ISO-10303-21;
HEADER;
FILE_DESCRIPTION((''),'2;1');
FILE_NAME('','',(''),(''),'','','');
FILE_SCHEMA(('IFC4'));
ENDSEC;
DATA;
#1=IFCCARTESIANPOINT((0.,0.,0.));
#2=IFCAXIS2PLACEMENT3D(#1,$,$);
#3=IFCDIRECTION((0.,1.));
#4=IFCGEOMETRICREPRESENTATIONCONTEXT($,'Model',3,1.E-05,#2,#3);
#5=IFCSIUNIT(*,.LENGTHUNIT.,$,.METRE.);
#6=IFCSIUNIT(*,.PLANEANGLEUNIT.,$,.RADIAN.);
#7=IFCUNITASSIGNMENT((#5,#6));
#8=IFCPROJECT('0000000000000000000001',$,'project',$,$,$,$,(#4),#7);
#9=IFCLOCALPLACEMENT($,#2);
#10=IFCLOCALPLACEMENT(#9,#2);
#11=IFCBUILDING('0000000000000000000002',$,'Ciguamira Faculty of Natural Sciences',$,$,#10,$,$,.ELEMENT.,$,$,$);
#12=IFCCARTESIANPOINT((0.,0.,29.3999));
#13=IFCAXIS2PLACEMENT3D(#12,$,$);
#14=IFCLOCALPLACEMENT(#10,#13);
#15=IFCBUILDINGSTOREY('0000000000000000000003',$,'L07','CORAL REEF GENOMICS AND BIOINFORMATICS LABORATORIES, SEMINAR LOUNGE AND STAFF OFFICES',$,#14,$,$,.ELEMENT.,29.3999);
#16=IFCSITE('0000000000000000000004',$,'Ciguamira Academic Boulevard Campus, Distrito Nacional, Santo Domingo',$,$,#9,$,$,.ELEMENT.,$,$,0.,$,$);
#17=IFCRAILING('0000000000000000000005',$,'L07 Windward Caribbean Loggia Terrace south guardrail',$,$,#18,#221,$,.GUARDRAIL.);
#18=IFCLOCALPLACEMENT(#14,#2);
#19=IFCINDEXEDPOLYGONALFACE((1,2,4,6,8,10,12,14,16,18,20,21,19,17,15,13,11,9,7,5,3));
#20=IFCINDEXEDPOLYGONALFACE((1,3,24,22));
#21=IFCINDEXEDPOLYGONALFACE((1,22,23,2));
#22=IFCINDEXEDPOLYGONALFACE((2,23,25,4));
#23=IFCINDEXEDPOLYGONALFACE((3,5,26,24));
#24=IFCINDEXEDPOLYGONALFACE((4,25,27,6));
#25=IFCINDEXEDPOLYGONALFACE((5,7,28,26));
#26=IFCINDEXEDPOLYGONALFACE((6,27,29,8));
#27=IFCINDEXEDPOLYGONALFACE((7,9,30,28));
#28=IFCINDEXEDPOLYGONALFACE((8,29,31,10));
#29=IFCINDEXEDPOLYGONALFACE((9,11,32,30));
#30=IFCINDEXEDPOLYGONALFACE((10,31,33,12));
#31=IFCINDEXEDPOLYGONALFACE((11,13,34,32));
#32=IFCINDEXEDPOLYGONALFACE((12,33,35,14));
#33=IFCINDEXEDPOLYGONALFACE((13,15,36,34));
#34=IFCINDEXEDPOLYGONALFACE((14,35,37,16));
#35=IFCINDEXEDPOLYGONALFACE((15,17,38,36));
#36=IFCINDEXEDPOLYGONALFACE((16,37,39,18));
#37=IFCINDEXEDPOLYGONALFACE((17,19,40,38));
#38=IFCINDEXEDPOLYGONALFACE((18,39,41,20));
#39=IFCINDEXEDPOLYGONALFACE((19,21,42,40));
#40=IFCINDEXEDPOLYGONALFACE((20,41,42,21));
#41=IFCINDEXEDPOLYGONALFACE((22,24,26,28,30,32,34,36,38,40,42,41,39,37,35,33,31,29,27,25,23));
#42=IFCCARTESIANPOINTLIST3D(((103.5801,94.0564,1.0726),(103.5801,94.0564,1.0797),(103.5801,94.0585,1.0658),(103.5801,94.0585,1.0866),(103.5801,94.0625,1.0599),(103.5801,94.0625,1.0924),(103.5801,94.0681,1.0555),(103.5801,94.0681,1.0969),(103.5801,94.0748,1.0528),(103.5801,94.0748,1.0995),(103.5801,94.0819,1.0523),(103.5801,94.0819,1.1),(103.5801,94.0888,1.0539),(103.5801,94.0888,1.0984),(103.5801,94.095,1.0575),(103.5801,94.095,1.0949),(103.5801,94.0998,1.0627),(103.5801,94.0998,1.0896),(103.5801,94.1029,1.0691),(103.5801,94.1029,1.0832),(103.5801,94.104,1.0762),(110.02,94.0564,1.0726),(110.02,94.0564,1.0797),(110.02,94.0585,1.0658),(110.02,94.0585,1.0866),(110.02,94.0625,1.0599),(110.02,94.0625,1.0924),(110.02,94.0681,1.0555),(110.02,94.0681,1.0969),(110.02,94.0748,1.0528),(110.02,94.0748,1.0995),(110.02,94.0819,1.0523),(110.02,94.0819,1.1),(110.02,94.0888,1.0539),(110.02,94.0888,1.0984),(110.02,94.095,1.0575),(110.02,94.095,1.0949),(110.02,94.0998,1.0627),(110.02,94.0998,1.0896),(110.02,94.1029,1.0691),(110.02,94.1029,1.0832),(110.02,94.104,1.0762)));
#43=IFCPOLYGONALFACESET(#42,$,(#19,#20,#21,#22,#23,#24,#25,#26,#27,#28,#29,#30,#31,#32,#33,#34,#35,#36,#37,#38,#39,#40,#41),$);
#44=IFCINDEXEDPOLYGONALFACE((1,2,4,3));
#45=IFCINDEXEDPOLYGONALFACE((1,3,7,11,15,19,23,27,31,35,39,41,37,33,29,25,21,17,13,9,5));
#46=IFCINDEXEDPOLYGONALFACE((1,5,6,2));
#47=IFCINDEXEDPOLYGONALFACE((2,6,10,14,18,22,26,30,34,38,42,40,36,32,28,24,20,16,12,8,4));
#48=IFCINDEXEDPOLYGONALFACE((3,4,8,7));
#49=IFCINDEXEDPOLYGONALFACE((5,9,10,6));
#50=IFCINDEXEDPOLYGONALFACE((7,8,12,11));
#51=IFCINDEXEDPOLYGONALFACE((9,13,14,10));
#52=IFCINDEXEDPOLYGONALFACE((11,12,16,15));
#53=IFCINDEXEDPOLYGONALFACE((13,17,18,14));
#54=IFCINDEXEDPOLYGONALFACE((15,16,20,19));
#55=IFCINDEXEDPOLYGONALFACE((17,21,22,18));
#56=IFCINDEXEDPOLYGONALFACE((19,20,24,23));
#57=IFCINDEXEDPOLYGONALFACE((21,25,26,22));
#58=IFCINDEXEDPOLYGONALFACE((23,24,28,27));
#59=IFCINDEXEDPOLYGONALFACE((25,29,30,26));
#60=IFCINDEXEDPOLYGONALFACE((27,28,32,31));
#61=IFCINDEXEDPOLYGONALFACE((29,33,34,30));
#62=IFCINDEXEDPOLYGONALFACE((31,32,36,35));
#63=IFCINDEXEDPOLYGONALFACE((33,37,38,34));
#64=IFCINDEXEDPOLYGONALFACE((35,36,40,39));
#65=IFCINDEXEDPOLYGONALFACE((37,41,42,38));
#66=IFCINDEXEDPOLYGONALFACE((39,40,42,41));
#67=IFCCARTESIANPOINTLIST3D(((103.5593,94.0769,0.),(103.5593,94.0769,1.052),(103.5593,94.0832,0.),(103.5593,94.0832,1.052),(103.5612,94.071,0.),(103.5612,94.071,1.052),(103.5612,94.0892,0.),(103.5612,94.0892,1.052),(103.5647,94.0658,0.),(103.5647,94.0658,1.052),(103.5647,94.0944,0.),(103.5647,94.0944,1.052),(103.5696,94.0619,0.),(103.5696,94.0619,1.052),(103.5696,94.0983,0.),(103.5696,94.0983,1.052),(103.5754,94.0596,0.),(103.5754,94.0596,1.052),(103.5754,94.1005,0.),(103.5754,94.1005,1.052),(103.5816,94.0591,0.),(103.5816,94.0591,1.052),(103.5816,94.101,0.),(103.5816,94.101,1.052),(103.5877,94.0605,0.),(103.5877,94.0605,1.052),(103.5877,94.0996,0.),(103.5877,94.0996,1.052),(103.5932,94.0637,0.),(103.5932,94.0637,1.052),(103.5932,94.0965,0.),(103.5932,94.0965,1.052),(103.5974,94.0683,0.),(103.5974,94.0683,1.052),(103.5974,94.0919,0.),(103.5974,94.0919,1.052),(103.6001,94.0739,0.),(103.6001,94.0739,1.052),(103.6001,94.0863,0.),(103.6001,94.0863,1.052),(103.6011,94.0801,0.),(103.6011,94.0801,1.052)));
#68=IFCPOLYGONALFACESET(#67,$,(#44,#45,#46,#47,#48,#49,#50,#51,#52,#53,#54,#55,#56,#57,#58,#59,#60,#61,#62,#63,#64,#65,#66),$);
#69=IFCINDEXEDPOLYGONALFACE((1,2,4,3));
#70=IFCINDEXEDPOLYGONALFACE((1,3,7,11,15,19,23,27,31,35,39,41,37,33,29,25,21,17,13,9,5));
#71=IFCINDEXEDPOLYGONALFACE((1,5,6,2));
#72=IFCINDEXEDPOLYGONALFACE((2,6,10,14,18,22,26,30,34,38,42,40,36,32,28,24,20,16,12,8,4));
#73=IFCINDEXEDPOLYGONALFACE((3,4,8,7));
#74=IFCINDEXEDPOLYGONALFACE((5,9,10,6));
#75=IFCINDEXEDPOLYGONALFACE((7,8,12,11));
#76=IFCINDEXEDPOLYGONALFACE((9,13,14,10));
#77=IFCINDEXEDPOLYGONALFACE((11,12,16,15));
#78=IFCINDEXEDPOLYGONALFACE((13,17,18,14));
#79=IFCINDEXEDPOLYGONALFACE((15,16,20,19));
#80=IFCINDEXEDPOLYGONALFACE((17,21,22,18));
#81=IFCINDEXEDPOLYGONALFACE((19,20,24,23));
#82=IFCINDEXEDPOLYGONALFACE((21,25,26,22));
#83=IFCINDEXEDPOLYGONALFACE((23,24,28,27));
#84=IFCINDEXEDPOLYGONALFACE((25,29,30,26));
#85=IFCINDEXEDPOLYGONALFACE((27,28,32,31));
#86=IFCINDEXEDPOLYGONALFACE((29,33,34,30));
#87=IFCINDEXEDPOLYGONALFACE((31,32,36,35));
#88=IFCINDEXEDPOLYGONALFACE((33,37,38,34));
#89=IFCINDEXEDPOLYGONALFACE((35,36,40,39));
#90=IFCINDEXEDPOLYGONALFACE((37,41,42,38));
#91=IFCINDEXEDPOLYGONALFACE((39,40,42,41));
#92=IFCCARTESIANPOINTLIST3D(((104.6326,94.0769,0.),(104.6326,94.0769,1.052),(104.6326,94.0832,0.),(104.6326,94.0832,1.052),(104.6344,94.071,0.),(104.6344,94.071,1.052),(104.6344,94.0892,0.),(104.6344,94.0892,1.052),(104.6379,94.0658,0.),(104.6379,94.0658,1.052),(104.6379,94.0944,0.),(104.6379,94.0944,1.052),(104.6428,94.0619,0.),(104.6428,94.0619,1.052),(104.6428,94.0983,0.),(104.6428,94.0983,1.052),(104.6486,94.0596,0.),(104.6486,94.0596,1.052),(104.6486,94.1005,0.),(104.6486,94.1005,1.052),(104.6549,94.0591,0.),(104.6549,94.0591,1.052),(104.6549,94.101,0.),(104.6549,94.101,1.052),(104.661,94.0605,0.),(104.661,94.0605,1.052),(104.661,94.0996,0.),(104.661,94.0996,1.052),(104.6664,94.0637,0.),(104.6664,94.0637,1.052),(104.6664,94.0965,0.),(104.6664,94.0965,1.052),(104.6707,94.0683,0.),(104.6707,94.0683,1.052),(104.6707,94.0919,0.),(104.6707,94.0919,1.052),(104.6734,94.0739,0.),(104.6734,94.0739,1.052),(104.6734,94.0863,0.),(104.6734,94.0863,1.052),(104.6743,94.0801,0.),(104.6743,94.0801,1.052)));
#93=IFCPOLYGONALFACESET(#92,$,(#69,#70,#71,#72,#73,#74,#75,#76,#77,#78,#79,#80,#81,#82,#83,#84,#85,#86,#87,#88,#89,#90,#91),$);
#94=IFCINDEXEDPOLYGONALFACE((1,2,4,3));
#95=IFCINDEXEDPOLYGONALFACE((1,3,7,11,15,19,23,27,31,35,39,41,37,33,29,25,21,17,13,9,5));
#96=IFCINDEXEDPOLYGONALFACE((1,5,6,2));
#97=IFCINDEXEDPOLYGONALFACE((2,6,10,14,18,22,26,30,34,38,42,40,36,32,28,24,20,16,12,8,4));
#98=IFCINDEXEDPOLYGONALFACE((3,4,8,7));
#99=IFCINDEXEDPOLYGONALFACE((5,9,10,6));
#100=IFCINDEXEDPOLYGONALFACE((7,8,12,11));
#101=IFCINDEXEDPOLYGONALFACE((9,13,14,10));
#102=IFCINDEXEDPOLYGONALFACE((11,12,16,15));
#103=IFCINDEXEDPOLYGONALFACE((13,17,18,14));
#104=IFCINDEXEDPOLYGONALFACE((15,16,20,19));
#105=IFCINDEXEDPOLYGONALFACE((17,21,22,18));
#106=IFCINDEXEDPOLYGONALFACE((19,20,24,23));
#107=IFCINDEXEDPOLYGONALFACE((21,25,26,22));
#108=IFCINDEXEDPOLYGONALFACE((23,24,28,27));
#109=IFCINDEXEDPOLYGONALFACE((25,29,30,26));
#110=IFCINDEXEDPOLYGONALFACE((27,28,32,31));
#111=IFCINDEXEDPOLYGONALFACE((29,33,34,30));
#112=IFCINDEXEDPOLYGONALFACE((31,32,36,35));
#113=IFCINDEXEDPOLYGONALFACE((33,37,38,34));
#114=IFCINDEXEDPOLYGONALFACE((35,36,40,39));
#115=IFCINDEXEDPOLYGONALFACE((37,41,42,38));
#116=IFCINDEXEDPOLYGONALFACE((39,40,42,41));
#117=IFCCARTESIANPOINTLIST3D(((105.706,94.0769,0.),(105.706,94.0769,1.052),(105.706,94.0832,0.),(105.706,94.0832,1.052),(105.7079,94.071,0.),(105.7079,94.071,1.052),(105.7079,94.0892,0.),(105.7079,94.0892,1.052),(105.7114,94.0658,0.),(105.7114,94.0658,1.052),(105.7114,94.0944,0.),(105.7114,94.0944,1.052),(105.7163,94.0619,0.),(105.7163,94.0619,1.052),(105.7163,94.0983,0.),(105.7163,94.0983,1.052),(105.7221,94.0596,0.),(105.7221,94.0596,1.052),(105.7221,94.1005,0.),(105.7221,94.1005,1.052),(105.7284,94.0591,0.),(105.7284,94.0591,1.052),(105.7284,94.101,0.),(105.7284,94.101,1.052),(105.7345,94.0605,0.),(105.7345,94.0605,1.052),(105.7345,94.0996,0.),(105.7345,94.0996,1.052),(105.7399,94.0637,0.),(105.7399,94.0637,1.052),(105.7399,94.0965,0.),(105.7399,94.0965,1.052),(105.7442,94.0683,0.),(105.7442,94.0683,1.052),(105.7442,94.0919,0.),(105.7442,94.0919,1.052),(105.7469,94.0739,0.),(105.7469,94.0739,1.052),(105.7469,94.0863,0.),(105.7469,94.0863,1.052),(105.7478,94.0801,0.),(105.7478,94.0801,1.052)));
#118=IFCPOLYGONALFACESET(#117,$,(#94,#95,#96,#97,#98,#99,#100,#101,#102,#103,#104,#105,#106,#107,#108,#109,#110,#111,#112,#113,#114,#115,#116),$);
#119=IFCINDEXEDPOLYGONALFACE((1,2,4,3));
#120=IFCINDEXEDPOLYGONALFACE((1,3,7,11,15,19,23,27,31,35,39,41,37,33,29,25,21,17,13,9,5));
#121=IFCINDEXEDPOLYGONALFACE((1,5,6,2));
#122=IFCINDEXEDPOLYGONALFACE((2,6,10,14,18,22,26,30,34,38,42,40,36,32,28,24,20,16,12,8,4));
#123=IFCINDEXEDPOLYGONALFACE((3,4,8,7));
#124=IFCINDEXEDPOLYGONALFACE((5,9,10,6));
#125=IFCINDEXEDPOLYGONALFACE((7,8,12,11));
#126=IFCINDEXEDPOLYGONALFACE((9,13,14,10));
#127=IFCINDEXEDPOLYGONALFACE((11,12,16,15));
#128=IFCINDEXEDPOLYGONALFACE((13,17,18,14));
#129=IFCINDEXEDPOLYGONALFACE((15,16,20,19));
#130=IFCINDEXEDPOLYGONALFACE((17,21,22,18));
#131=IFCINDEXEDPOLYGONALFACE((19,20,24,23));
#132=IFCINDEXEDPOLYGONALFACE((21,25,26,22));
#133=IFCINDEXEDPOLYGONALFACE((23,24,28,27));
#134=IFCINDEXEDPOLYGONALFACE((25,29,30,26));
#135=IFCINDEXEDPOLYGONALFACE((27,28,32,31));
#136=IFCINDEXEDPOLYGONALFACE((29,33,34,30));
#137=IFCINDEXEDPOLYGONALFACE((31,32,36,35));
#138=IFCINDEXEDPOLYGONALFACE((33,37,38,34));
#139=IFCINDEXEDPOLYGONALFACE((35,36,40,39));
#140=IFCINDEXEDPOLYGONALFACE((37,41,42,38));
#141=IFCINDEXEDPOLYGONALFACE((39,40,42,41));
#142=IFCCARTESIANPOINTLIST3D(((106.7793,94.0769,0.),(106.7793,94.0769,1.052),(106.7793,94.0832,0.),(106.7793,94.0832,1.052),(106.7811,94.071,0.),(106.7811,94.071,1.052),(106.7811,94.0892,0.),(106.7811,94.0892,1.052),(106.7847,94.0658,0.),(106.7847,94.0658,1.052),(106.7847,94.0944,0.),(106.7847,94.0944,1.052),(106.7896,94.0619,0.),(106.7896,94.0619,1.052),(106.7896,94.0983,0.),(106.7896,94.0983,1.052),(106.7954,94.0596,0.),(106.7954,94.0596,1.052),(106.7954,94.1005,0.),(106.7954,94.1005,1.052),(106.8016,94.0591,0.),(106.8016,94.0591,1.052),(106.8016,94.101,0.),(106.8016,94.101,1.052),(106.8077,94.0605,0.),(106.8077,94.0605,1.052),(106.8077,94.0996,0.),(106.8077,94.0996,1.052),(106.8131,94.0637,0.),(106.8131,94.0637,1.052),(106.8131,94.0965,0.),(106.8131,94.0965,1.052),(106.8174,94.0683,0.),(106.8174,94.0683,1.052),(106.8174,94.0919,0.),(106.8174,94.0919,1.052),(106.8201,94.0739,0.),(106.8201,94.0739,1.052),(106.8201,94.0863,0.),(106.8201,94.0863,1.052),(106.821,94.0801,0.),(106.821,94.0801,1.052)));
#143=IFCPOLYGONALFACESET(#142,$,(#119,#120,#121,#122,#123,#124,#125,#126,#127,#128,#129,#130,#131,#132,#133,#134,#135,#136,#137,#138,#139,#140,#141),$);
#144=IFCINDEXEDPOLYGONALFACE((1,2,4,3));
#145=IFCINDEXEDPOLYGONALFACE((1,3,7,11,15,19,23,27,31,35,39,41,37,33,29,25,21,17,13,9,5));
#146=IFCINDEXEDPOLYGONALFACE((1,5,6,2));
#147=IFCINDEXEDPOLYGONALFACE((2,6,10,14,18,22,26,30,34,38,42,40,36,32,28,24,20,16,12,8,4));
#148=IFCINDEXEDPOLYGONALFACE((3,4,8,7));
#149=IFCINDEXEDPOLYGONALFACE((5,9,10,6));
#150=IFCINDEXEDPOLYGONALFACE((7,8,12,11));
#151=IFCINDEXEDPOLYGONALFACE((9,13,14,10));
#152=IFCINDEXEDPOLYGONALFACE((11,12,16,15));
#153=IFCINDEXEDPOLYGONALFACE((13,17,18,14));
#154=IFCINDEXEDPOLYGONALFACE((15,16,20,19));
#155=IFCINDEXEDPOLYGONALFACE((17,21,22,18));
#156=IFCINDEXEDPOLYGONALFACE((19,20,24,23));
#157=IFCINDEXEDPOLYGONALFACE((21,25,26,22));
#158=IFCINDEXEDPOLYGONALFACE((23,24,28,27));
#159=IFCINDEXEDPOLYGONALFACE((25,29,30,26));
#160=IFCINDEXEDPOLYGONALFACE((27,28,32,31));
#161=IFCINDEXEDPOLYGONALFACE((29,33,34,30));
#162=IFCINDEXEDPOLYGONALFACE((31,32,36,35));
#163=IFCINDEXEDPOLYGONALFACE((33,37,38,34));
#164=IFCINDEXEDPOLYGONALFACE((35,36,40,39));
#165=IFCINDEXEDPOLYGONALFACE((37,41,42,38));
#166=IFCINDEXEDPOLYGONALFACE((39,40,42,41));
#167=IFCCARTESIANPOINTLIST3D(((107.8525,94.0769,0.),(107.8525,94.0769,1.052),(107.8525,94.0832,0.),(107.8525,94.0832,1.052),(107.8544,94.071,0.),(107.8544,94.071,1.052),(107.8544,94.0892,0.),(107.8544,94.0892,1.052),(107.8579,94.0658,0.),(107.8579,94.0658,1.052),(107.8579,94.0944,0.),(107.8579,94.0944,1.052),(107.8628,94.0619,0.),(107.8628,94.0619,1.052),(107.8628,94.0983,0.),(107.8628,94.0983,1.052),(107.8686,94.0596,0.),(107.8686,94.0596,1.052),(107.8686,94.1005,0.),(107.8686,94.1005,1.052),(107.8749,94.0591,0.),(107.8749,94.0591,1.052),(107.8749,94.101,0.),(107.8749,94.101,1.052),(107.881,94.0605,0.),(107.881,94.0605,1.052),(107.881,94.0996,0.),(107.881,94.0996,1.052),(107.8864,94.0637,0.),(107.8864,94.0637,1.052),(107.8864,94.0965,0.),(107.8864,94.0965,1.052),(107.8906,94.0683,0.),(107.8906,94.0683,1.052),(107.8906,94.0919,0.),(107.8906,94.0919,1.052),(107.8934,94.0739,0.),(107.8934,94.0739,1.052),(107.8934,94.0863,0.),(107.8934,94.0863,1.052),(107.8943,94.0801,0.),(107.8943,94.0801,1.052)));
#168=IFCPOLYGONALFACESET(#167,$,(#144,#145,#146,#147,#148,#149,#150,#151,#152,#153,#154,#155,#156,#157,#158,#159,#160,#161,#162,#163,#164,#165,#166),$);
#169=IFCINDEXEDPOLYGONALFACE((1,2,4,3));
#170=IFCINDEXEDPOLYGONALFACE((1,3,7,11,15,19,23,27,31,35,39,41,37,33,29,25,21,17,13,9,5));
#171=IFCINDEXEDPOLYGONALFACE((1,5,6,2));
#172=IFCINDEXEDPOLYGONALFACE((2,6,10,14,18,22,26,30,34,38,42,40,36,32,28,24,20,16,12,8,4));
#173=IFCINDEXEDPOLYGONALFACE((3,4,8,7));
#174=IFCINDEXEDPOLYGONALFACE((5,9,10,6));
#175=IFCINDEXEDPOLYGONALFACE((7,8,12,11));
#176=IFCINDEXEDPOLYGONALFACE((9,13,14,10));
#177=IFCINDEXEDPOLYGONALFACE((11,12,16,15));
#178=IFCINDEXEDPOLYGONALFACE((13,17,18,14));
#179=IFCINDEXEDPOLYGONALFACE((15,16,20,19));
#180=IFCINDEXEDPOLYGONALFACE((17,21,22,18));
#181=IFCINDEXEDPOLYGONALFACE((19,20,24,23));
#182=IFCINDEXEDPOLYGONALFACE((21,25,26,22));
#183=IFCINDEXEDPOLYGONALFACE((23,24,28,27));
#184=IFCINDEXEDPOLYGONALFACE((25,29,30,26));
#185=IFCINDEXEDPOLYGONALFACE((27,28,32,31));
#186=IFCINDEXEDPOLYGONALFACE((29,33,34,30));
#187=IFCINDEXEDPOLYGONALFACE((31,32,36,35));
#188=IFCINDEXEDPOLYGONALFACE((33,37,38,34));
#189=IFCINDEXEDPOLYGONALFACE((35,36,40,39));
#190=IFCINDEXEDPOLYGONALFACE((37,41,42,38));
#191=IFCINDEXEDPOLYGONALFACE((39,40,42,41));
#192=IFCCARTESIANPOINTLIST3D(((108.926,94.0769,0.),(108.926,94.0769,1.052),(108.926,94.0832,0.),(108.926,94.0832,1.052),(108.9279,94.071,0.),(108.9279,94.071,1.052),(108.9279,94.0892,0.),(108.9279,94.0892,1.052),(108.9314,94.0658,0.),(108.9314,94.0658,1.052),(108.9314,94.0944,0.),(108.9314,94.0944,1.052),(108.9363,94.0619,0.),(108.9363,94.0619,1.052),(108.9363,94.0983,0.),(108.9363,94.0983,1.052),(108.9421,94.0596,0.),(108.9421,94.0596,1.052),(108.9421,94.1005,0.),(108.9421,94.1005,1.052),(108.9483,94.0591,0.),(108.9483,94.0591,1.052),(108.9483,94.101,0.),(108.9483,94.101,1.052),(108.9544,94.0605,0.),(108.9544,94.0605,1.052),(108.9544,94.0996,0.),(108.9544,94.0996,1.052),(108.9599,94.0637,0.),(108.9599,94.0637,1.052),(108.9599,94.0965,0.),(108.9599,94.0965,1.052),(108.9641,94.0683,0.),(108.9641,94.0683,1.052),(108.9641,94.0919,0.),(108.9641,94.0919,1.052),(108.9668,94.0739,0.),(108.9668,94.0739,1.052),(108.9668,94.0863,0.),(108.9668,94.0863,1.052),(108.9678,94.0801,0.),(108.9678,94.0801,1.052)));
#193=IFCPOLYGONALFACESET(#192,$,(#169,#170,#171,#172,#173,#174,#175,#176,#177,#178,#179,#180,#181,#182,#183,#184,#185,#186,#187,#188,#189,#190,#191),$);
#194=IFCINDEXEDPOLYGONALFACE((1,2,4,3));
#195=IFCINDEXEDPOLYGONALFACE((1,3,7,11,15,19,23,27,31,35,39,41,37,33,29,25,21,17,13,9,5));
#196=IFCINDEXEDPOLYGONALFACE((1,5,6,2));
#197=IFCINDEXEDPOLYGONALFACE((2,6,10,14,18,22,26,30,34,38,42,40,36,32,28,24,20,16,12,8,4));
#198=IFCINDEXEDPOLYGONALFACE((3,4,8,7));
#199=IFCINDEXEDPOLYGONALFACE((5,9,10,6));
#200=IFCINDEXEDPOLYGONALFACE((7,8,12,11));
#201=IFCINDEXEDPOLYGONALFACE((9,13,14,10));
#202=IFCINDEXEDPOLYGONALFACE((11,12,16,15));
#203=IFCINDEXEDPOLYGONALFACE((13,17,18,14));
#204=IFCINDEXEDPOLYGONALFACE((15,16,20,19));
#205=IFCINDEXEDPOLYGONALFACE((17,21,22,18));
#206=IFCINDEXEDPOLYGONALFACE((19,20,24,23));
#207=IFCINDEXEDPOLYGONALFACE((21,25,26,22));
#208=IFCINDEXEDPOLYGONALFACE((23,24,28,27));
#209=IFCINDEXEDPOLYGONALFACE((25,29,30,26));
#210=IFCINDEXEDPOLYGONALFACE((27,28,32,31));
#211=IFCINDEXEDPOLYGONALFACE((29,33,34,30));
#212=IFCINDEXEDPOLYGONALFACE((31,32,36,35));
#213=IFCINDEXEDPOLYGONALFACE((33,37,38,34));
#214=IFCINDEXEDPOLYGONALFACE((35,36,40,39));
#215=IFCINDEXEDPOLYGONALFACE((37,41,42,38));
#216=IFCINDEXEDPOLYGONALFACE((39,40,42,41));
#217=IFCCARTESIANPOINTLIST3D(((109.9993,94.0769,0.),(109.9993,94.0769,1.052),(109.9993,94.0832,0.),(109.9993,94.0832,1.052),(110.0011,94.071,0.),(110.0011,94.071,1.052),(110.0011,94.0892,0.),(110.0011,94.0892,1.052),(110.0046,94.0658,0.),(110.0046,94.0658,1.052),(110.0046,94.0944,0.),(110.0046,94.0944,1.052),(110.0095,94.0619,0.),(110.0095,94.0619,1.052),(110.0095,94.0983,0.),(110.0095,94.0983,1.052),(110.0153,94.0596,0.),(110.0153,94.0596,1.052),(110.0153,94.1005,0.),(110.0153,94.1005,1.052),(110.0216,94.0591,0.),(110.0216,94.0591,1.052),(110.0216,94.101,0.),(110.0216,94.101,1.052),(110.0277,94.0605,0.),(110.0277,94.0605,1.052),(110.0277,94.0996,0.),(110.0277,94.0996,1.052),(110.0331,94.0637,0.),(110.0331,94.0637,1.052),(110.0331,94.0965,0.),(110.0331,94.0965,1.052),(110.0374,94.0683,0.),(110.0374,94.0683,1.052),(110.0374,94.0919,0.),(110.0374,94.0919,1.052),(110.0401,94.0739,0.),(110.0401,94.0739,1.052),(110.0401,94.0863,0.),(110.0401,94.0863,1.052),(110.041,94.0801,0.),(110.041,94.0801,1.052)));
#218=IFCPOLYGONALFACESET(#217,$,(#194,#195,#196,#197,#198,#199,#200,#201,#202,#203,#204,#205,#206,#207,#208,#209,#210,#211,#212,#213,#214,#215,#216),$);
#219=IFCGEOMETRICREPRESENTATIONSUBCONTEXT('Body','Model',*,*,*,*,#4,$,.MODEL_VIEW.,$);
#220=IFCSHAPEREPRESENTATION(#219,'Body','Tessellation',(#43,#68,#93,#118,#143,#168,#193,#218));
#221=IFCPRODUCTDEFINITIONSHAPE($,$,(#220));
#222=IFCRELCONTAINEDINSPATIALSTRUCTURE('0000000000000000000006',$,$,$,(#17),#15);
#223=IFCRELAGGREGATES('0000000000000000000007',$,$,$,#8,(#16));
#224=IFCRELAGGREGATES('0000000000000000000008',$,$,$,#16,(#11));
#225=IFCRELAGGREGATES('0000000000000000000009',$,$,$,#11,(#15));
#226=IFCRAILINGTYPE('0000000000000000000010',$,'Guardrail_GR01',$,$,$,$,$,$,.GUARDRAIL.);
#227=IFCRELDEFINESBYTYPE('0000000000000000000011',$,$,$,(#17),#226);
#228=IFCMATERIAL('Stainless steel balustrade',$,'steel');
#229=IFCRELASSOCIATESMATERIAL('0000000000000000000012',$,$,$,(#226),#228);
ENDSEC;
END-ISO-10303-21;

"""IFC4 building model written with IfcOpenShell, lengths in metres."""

from ifc_helpers import new_model, si_unit, direction, frame, origin, origin_2d, place, context, subcontext, project, spatial, circle, extrude, material, type_object, element, save


model = new_model("IFC4")

# Units and contexts
model_context = context("Model", 3, precision=1e-05, world=origin(), true_north=direction((0.0, 1.0)))
body_context = subcontext(model_context, "Body", "Model", "MODEL_VIEW")
ifc_project = project(units=[si_unit("LENGTHUNIT", "METRE"), si_unit("PLANEANGLEUNIT", "RADIAN")], contexts=[model_context])

# Site, building, storey
site_placement = place(None, origin())
site = spatial("IfcSite", under=ifc_project, at=site_placement, Name="Ciguamira Academic Boulevard Campus, Distrito Nacional, Santo Domingo", CompositionType="ELEMENT", RefElevation=0.0)
building_placement = place(site_placement, origin())
building = spatial("IfcBuilding", under=site, at=building_placement, Name="Ciguamira Faculty of Natural Sciences", CompositionType="ELEMENT")
storey_placement = place(building_placement, frame((0.0, 0.0, 29.3999)))
storey = spatial("IfcBuildingStorey", under=building, at=storey_placement, Name="L07", Description="CORAL REEF GENOMICS AND BIOINFORMATICS LABORATORIES, SEMINAR LOUNGE AND STAFF OFFICES", CompositionType="ELEMENT", Elevation=29.3999)

# Railing
ifc_material_1 = material(Name="Stainless steel balustrade", Category="steel")
railing_type_1 = type_object("IfcRailingType", Name="Guardrail_GR01", PredefinedType="GUARDRAIL", material=ifc_material_1)
railing_1_placement = place(storey_placement, frame((103.5801, 94.0801, 0.0)))
element("IfcRailing", 1, at=railing_1_placement, inside=storey, type_object=railing_type_1, Name="L07 Windward Caribbean Loggia Terrace south guardrail", PredefinedType="GUARDRAIL", context=body_context, shape_type="SweptSolid", body=[
    extrude(circle(Radius=0.0239, at=origin_2d()), frame((0.0, 0.0, 1.0762), z_axis=(1.0, 0.0, 0.0), x_axis=(0.0, 1.0, 0.0)), (0.0, 0.0, 1.0), 6.4399),
    extrude(circle(Radius=0.021, at=origin_2d()), origin(), (0.0, 0.0, 1.0), 1.052),
    extrude(circle(Radius=0.021, at=origin_2d()), frame((1.0732, 0.0, 0.0)), (0.0, 0.0, 1.0), 1.052),
    extrude(circle(Radius=0.021, at=origin_2d()), frame((2.1467, 0.0, 0.0)), (0.0, 0.0, 1.0), 1.052),
    extrude(circle(Radius=0.021, at=origin_2d()), frame((3.22, 0.0, 0.0)), (0.0, 0.0, 1.0), 1.052),
    extrude(circle(Radius=0.021, at=origin_2d()), frame((4.2932, 0.0, 0.0)), (0.0, 0.0, 1.0), 1.052),
    extrude(circle(Radius=0.021, at=origin_2d()), frame((5.3667, 0.0, 0.0)), (0.0, 0.0, 1.0), 1.052),
    extrude(circle(Radius=0.021, at=origin_2d()), frame((6.4399, 0.0, 0.0)), (0.0, 0.0, 1.0), 1.052),
])

save(model, "model.ifc")
